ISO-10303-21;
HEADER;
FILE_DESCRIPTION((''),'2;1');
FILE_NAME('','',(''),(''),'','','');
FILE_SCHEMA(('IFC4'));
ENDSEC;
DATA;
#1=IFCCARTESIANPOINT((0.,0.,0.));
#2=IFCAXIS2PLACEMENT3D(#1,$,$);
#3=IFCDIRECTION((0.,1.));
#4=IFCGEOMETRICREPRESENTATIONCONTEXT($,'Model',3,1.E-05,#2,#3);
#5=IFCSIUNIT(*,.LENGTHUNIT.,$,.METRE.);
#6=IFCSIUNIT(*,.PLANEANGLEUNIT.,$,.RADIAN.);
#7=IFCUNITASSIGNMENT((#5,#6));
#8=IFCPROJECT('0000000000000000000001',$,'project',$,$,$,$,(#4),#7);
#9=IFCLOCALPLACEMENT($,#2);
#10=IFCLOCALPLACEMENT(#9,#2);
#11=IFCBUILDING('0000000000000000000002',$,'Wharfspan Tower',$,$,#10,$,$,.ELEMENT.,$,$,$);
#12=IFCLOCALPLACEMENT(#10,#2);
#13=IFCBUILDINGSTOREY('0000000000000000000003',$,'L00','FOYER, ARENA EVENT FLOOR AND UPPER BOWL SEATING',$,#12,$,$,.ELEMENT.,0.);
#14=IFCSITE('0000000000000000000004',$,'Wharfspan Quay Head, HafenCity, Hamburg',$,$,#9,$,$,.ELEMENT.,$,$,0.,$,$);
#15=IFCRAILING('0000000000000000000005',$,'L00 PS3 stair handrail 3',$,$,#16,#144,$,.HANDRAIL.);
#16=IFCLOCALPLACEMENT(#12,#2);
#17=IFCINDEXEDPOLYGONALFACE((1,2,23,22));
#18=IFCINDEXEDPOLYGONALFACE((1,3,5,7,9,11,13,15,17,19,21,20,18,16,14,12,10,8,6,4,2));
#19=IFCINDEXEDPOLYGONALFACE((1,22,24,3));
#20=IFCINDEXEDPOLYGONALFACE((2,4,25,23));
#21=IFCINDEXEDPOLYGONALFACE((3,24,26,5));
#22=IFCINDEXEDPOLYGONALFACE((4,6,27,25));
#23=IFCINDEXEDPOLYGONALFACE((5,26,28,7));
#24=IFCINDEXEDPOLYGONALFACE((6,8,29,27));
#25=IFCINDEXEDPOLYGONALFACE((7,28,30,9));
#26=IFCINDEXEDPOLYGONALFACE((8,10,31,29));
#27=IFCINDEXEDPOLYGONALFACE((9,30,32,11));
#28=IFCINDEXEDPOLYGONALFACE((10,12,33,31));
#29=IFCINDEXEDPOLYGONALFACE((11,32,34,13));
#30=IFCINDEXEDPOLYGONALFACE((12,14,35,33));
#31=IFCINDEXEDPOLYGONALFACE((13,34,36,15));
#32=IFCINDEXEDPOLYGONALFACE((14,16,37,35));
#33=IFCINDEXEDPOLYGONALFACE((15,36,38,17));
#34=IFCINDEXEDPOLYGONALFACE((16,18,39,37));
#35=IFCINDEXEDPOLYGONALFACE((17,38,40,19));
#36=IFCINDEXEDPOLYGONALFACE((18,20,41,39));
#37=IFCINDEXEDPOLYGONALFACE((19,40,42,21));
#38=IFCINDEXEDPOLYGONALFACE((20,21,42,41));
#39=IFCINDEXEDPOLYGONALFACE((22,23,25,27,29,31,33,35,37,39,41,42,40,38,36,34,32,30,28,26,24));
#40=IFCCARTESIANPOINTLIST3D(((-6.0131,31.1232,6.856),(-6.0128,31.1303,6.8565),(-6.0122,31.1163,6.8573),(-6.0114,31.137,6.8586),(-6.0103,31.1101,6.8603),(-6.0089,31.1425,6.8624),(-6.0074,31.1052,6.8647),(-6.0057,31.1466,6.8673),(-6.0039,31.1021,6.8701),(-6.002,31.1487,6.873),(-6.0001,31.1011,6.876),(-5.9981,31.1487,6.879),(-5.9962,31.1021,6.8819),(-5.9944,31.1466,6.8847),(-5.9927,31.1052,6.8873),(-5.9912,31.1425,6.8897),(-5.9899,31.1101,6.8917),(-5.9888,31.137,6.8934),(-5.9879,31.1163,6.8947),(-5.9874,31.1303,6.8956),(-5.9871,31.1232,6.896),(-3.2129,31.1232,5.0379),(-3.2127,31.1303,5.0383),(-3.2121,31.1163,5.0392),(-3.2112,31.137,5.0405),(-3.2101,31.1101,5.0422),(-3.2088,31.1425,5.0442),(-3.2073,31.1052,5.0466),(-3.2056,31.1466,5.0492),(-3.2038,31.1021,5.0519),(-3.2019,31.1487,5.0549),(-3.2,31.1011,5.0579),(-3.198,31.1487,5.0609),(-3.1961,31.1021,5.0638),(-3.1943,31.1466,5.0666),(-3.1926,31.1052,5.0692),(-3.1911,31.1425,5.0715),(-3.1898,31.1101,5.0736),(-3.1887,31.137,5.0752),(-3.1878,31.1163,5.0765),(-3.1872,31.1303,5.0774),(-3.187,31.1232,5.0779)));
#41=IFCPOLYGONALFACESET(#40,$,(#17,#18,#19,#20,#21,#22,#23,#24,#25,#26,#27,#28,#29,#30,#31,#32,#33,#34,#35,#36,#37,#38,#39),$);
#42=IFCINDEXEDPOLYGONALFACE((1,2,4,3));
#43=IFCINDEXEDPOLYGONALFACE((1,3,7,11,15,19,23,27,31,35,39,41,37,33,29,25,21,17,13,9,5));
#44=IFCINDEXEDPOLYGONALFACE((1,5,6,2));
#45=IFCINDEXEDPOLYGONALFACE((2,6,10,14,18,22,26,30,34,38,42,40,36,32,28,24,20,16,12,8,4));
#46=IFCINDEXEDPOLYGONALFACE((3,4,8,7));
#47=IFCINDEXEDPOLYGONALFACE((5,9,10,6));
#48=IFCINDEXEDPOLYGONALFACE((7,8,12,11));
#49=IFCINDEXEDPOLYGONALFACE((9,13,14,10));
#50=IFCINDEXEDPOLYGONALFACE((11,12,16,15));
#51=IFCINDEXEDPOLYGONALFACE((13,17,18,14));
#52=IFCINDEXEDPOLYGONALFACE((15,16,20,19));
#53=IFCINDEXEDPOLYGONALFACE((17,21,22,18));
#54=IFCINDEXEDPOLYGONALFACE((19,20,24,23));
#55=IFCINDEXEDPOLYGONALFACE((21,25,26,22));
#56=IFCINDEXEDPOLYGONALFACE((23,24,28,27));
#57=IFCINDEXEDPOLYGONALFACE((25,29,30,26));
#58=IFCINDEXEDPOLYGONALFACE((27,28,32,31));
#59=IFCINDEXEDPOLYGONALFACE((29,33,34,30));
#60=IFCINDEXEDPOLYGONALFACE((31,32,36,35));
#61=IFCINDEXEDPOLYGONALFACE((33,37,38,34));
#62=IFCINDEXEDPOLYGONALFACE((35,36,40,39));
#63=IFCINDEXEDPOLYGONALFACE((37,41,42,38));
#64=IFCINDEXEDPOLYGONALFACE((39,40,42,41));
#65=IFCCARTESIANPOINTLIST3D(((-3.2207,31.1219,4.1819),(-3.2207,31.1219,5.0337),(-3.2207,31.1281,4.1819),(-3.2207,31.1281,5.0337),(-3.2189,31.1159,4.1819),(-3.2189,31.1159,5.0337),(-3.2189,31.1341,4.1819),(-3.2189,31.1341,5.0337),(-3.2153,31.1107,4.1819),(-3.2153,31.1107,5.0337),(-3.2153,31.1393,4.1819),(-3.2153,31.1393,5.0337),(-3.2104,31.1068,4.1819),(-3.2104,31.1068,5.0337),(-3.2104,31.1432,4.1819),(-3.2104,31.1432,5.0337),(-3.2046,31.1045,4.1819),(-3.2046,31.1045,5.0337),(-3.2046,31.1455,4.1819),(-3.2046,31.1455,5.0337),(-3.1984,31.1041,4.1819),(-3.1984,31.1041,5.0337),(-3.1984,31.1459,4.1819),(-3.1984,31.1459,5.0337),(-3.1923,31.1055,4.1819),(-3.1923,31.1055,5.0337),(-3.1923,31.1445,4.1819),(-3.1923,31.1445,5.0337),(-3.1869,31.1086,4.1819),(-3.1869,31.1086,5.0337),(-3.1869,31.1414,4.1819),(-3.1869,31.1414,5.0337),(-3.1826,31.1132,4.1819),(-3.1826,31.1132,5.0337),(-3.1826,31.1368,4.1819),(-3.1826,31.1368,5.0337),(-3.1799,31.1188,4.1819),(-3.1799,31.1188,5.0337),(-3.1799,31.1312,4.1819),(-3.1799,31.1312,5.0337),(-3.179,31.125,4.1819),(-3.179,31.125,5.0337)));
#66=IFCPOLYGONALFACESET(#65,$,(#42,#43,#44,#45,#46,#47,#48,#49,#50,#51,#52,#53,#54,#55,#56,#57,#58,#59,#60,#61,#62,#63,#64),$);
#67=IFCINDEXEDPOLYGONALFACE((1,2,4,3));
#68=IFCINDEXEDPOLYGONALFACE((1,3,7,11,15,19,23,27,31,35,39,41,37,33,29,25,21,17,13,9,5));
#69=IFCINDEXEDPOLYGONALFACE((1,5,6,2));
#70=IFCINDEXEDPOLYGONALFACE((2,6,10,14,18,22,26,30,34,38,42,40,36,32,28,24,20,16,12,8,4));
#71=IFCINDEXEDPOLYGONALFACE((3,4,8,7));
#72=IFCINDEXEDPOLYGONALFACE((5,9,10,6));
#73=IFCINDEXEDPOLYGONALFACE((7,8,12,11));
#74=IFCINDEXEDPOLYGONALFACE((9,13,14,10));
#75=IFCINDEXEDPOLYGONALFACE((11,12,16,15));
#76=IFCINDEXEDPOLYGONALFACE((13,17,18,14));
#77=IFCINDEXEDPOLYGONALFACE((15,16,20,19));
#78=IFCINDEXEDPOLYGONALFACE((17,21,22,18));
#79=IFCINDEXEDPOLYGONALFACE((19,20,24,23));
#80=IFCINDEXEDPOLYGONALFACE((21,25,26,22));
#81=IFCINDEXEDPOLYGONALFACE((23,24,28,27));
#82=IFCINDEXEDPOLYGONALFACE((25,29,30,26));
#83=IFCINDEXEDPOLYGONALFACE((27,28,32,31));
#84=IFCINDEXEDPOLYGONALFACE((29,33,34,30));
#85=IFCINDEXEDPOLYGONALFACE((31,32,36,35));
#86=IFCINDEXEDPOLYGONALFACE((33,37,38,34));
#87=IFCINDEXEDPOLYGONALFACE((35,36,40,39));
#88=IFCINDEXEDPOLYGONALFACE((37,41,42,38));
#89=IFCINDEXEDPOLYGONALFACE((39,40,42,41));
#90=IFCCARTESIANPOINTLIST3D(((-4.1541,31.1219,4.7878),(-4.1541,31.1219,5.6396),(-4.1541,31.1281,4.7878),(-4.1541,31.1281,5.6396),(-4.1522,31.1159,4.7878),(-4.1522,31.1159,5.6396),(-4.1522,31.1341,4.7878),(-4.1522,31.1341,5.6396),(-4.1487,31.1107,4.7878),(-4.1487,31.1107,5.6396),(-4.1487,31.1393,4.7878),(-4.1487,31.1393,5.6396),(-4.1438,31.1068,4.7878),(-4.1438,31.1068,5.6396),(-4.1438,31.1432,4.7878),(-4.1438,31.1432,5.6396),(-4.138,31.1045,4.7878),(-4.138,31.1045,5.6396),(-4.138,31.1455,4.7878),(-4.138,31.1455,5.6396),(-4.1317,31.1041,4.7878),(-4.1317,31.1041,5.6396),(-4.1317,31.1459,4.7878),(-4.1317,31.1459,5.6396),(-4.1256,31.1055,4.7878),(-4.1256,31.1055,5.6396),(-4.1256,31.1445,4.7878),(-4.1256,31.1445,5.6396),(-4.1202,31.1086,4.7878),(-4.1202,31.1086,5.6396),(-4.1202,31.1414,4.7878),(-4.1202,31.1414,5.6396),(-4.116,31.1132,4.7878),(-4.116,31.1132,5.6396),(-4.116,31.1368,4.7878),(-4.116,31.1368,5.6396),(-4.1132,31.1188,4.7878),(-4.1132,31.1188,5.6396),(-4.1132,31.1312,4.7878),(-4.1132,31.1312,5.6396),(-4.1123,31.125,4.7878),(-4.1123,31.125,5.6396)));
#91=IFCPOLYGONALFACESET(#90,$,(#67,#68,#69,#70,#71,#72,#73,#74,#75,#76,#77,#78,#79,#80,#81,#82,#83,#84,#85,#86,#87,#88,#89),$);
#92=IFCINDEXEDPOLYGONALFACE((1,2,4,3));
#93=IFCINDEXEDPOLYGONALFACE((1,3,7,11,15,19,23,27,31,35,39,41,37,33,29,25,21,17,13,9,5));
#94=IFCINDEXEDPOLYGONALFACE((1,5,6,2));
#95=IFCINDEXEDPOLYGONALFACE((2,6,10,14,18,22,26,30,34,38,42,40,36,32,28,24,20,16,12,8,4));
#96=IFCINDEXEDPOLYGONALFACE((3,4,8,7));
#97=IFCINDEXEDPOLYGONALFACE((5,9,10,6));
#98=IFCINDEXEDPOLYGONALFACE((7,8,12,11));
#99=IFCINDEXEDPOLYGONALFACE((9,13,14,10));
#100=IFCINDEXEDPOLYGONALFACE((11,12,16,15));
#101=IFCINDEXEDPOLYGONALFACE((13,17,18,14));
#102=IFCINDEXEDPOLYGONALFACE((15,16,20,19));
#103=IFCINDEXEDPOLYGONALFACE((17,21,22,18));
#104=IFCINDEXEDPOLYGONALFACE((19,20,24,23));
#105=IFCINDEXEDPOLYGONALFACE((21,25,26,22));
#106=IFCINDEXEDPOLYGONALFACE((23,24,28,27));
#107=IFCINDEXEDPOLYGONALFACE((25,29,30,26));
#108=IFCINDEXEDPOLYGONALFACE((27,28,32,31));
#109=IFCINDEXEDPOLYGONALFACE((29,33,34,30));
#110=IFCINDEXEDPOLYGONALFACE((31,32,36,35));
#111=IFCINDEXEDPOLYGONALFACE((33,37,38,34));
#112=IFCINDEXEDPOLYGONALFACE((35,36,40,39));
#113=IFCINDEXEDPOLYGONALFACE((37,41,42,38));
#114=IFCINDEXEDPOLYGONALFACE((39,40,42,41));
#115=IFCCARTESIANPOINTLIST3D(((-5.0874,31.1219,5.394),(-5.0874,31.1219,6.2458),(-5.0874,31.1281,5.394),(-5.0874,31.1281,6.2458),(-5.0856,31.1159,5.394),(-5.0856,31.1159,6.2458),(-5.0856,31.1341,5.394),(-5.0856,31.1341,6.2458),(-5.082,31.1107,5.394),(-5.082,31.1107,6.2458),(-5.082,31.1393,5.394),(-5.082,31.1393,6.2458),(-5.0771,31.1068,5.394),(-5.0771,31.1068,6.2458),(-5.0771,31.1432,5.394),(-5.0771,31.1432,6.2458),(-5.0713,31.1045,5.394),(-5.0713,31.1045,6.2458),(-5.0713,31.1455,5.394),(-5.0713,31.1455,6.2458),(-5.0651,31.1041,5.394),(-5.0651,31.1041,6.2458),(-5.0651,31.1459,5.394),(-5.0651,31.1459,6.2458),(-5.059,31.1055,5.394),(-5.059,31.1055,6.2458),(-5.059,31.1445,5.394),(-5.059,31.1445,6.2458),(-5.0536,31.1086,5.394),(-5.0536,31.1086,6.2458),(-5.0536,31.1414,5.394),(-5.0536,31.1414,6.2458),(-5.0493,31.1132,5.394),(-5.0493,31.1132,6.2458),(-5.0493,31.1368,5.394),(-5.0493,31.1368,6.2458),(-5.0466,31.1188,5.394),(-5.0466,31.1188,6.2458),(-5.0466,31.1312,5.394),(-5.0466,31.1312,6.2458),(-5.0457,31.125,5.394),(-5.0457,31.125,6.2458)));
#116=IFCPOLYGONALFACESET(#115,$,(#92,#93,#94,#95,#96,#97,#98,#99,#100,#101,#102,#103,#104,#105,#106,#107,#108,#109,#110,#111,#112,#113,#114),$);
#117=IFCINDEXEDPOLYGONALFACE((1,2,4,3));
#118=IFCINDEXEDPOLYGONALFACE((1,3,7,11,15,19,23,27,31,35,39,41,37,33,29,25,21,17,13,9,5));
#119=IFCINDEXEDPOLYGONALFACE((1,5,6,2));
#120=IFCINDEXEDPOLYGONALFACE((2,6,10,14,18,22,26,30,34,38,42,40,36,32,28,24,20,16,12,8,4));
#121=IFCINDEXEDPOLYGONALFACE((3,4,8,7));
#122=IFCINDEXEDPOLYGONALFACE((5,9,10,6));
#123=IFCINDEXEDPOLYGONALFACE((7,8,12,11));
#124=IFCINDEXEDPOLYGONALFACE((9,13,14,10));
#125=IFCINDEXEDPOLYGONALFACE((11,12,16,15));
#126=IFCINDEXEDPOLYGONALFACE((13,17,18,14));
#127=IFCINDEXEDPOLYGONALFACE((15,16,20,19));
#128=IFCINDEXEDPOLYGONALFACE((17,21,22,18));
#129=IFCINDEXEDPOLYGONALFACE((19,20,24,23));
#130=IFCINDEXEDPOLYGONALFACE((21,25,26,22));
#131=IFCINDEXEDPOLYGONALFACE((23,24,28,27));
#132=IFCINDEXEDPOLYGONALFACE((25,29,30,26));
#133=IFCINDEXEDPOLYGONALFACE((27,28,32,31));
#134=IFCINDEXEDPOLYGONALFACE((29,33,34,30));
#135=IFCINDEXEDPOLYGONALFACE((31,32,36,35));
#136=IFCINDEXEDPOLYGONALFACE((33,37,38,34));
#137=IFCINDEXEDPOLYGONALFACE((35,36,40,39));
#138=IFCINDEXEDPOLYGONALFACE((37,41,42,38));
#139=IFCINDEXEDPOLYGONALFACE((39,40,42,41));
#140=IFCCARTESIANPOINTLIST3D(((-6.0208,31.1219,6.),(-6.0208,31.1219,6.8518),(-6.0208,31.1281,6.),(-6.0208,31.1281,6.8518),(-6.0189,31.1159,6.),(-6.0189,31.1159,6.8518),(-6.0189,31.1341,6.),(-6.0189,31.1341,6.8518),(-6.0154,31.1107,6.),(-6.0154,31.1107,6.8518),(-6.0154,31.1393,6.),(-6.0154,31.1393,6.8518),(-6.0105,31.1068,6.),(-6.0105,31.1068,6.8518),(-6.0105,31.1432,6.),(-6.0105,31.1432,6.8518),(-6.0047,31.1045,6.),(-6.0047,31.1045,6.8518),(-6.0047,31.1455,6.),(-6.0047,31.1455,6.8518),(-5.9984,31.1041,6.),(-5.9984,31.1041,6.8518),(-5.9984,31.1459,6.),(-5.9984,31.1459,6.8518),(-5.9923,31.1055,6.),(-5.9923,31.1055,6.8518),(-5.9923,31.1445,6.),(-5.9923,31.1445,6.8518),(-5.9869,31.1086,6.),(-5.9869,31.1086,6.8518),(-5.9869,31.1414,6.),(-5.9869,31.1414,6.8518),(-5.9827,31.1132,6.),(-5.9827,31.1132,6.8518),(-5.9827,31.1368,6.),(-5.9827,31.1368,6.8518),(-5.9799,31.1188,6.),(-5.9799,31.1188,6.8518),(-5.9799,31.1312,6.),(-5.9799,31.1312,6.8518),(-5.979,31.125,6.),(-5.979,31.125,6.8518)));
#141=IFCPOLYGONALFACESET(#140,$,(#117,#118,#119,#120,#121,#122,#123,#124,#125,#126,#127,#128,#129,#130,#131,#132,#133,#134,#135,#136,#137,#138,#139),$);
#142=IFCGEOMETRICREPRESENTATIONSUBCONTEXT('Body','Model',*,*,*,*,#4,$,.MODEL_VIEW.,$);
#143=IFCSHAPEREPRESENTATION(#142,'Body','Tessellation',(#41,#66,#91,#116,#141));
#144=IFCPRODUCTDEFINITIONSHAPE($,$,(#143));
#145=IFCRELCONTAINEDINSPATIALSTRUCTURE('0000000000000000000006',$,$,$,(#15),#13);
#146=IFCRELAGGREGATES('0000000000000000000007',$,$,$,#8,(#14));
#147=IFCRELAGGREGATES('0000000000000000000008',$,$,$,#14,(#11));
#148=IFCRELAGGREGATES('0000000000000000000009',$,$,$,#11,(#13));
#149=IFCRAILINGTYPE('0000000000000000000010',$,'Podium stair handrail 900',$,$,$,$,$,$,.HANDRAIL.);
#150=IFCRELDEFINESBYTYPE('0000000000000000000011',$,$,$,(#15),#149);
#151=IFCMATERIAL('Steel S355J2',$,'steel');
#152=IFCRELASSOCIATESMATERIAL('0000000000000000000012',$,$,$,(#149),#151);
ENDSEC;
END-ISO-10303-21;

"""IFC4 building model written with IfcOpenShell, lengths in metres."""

from ifc_helpers import new_model, si_unit, direction, frame, origin, origin_2d, place, context, subcontext, project, spatial, circle, extrude, material, type_object, element, save


model = new_model("IFC4")

# Units and contexts
model_context = context("Model", 3, precision=1e-05, world=origin(), true_north=direction((0.0, 1.0)))
body_context = subcontext(model_context, "Body", "Model", "MODEL_VIEW")
ifc_project = project(units=[si_unit("LENGTHUNIT", "METRE"), si_unit("PLANEANGLEUNIT", "RADIAN")], contexts=[model_context])

# Site, building, storey
site_placement = place(None, origin())
site = spatial("IfcSite", under=ifc_project, at=site_placement, Name="Wharfspan Quay Head, HafenCity, Hamburg", CompositionType="ELEMENT", RefElevation=0.0)
building_placement = place(site_placement, origin())
building = spatial("IfcBuilding", under=site, at=building_placement, Name="Wharfspan Tower", CompositionType="ELEMENT")
storey_placement = place(building_placement, origin())
storey = spatial("IfcBuildingStorey", under=building, at=storey_placement, Name="L00", Description="FOYER, ARENA EVENT FLOOR AND UPPER BOWL SEATING", CompositionType="ELEMENT", Elevation=0.0)

# Shared definitions
ifc_material_1 = material(Name="Steel S355J2", Category="steel")

# Railing
railing_type = type_object("IfcRailingType", Name="Podium stair handrail 900", PredefinedType="HANDRAIL", material=ifc_material_1)
for number, where, name in (
    (1, (-3.2, 31.125, 4.1819), "L00 PS3 stair handrail 3"),
):
    element("IfcRailing", number, at=place(storey_placement, frame(where)), inside=storey, type_object=railing_type, Name=name, PredefinedType="HANDRAIL", context=body_context, shape_type="SweptSolid", body=[
        extrude(circle(Radius=0.0239, at=origin_2d()), frame((0.0, 0.0, 0.876), z_axis=(-0.838706, 0.0, 0.544585), x_axis=(0.0, -1.0, 0.0)), (0.0, 0.0, 1.0), 3.3386),
        extrude(circle(Radius=0.021, at=origin_2d()), origin(), (0.0, 0.0, 1.0), 0.8518),
        extrude(circle(Radius=0.021, at=origin_2d()), frame((-0.9334, 0.0, 0.606)), (0.0, 0.0, 1.0), 0.8518),
        extrude(circle(Radius=0.021, at=origin_2d()), frame((-1.8667, 0.0, 1.2122)), (0.0, 0.0, 1.0), 0.8518),
        extrude(circle(Radius=0.021, at=origin_2d()), frame((-2.8, 0.0, 1.8181)), (0.0, 0.0, 1.0), 0.8518),
    ])

save(model, "model.ifc")
